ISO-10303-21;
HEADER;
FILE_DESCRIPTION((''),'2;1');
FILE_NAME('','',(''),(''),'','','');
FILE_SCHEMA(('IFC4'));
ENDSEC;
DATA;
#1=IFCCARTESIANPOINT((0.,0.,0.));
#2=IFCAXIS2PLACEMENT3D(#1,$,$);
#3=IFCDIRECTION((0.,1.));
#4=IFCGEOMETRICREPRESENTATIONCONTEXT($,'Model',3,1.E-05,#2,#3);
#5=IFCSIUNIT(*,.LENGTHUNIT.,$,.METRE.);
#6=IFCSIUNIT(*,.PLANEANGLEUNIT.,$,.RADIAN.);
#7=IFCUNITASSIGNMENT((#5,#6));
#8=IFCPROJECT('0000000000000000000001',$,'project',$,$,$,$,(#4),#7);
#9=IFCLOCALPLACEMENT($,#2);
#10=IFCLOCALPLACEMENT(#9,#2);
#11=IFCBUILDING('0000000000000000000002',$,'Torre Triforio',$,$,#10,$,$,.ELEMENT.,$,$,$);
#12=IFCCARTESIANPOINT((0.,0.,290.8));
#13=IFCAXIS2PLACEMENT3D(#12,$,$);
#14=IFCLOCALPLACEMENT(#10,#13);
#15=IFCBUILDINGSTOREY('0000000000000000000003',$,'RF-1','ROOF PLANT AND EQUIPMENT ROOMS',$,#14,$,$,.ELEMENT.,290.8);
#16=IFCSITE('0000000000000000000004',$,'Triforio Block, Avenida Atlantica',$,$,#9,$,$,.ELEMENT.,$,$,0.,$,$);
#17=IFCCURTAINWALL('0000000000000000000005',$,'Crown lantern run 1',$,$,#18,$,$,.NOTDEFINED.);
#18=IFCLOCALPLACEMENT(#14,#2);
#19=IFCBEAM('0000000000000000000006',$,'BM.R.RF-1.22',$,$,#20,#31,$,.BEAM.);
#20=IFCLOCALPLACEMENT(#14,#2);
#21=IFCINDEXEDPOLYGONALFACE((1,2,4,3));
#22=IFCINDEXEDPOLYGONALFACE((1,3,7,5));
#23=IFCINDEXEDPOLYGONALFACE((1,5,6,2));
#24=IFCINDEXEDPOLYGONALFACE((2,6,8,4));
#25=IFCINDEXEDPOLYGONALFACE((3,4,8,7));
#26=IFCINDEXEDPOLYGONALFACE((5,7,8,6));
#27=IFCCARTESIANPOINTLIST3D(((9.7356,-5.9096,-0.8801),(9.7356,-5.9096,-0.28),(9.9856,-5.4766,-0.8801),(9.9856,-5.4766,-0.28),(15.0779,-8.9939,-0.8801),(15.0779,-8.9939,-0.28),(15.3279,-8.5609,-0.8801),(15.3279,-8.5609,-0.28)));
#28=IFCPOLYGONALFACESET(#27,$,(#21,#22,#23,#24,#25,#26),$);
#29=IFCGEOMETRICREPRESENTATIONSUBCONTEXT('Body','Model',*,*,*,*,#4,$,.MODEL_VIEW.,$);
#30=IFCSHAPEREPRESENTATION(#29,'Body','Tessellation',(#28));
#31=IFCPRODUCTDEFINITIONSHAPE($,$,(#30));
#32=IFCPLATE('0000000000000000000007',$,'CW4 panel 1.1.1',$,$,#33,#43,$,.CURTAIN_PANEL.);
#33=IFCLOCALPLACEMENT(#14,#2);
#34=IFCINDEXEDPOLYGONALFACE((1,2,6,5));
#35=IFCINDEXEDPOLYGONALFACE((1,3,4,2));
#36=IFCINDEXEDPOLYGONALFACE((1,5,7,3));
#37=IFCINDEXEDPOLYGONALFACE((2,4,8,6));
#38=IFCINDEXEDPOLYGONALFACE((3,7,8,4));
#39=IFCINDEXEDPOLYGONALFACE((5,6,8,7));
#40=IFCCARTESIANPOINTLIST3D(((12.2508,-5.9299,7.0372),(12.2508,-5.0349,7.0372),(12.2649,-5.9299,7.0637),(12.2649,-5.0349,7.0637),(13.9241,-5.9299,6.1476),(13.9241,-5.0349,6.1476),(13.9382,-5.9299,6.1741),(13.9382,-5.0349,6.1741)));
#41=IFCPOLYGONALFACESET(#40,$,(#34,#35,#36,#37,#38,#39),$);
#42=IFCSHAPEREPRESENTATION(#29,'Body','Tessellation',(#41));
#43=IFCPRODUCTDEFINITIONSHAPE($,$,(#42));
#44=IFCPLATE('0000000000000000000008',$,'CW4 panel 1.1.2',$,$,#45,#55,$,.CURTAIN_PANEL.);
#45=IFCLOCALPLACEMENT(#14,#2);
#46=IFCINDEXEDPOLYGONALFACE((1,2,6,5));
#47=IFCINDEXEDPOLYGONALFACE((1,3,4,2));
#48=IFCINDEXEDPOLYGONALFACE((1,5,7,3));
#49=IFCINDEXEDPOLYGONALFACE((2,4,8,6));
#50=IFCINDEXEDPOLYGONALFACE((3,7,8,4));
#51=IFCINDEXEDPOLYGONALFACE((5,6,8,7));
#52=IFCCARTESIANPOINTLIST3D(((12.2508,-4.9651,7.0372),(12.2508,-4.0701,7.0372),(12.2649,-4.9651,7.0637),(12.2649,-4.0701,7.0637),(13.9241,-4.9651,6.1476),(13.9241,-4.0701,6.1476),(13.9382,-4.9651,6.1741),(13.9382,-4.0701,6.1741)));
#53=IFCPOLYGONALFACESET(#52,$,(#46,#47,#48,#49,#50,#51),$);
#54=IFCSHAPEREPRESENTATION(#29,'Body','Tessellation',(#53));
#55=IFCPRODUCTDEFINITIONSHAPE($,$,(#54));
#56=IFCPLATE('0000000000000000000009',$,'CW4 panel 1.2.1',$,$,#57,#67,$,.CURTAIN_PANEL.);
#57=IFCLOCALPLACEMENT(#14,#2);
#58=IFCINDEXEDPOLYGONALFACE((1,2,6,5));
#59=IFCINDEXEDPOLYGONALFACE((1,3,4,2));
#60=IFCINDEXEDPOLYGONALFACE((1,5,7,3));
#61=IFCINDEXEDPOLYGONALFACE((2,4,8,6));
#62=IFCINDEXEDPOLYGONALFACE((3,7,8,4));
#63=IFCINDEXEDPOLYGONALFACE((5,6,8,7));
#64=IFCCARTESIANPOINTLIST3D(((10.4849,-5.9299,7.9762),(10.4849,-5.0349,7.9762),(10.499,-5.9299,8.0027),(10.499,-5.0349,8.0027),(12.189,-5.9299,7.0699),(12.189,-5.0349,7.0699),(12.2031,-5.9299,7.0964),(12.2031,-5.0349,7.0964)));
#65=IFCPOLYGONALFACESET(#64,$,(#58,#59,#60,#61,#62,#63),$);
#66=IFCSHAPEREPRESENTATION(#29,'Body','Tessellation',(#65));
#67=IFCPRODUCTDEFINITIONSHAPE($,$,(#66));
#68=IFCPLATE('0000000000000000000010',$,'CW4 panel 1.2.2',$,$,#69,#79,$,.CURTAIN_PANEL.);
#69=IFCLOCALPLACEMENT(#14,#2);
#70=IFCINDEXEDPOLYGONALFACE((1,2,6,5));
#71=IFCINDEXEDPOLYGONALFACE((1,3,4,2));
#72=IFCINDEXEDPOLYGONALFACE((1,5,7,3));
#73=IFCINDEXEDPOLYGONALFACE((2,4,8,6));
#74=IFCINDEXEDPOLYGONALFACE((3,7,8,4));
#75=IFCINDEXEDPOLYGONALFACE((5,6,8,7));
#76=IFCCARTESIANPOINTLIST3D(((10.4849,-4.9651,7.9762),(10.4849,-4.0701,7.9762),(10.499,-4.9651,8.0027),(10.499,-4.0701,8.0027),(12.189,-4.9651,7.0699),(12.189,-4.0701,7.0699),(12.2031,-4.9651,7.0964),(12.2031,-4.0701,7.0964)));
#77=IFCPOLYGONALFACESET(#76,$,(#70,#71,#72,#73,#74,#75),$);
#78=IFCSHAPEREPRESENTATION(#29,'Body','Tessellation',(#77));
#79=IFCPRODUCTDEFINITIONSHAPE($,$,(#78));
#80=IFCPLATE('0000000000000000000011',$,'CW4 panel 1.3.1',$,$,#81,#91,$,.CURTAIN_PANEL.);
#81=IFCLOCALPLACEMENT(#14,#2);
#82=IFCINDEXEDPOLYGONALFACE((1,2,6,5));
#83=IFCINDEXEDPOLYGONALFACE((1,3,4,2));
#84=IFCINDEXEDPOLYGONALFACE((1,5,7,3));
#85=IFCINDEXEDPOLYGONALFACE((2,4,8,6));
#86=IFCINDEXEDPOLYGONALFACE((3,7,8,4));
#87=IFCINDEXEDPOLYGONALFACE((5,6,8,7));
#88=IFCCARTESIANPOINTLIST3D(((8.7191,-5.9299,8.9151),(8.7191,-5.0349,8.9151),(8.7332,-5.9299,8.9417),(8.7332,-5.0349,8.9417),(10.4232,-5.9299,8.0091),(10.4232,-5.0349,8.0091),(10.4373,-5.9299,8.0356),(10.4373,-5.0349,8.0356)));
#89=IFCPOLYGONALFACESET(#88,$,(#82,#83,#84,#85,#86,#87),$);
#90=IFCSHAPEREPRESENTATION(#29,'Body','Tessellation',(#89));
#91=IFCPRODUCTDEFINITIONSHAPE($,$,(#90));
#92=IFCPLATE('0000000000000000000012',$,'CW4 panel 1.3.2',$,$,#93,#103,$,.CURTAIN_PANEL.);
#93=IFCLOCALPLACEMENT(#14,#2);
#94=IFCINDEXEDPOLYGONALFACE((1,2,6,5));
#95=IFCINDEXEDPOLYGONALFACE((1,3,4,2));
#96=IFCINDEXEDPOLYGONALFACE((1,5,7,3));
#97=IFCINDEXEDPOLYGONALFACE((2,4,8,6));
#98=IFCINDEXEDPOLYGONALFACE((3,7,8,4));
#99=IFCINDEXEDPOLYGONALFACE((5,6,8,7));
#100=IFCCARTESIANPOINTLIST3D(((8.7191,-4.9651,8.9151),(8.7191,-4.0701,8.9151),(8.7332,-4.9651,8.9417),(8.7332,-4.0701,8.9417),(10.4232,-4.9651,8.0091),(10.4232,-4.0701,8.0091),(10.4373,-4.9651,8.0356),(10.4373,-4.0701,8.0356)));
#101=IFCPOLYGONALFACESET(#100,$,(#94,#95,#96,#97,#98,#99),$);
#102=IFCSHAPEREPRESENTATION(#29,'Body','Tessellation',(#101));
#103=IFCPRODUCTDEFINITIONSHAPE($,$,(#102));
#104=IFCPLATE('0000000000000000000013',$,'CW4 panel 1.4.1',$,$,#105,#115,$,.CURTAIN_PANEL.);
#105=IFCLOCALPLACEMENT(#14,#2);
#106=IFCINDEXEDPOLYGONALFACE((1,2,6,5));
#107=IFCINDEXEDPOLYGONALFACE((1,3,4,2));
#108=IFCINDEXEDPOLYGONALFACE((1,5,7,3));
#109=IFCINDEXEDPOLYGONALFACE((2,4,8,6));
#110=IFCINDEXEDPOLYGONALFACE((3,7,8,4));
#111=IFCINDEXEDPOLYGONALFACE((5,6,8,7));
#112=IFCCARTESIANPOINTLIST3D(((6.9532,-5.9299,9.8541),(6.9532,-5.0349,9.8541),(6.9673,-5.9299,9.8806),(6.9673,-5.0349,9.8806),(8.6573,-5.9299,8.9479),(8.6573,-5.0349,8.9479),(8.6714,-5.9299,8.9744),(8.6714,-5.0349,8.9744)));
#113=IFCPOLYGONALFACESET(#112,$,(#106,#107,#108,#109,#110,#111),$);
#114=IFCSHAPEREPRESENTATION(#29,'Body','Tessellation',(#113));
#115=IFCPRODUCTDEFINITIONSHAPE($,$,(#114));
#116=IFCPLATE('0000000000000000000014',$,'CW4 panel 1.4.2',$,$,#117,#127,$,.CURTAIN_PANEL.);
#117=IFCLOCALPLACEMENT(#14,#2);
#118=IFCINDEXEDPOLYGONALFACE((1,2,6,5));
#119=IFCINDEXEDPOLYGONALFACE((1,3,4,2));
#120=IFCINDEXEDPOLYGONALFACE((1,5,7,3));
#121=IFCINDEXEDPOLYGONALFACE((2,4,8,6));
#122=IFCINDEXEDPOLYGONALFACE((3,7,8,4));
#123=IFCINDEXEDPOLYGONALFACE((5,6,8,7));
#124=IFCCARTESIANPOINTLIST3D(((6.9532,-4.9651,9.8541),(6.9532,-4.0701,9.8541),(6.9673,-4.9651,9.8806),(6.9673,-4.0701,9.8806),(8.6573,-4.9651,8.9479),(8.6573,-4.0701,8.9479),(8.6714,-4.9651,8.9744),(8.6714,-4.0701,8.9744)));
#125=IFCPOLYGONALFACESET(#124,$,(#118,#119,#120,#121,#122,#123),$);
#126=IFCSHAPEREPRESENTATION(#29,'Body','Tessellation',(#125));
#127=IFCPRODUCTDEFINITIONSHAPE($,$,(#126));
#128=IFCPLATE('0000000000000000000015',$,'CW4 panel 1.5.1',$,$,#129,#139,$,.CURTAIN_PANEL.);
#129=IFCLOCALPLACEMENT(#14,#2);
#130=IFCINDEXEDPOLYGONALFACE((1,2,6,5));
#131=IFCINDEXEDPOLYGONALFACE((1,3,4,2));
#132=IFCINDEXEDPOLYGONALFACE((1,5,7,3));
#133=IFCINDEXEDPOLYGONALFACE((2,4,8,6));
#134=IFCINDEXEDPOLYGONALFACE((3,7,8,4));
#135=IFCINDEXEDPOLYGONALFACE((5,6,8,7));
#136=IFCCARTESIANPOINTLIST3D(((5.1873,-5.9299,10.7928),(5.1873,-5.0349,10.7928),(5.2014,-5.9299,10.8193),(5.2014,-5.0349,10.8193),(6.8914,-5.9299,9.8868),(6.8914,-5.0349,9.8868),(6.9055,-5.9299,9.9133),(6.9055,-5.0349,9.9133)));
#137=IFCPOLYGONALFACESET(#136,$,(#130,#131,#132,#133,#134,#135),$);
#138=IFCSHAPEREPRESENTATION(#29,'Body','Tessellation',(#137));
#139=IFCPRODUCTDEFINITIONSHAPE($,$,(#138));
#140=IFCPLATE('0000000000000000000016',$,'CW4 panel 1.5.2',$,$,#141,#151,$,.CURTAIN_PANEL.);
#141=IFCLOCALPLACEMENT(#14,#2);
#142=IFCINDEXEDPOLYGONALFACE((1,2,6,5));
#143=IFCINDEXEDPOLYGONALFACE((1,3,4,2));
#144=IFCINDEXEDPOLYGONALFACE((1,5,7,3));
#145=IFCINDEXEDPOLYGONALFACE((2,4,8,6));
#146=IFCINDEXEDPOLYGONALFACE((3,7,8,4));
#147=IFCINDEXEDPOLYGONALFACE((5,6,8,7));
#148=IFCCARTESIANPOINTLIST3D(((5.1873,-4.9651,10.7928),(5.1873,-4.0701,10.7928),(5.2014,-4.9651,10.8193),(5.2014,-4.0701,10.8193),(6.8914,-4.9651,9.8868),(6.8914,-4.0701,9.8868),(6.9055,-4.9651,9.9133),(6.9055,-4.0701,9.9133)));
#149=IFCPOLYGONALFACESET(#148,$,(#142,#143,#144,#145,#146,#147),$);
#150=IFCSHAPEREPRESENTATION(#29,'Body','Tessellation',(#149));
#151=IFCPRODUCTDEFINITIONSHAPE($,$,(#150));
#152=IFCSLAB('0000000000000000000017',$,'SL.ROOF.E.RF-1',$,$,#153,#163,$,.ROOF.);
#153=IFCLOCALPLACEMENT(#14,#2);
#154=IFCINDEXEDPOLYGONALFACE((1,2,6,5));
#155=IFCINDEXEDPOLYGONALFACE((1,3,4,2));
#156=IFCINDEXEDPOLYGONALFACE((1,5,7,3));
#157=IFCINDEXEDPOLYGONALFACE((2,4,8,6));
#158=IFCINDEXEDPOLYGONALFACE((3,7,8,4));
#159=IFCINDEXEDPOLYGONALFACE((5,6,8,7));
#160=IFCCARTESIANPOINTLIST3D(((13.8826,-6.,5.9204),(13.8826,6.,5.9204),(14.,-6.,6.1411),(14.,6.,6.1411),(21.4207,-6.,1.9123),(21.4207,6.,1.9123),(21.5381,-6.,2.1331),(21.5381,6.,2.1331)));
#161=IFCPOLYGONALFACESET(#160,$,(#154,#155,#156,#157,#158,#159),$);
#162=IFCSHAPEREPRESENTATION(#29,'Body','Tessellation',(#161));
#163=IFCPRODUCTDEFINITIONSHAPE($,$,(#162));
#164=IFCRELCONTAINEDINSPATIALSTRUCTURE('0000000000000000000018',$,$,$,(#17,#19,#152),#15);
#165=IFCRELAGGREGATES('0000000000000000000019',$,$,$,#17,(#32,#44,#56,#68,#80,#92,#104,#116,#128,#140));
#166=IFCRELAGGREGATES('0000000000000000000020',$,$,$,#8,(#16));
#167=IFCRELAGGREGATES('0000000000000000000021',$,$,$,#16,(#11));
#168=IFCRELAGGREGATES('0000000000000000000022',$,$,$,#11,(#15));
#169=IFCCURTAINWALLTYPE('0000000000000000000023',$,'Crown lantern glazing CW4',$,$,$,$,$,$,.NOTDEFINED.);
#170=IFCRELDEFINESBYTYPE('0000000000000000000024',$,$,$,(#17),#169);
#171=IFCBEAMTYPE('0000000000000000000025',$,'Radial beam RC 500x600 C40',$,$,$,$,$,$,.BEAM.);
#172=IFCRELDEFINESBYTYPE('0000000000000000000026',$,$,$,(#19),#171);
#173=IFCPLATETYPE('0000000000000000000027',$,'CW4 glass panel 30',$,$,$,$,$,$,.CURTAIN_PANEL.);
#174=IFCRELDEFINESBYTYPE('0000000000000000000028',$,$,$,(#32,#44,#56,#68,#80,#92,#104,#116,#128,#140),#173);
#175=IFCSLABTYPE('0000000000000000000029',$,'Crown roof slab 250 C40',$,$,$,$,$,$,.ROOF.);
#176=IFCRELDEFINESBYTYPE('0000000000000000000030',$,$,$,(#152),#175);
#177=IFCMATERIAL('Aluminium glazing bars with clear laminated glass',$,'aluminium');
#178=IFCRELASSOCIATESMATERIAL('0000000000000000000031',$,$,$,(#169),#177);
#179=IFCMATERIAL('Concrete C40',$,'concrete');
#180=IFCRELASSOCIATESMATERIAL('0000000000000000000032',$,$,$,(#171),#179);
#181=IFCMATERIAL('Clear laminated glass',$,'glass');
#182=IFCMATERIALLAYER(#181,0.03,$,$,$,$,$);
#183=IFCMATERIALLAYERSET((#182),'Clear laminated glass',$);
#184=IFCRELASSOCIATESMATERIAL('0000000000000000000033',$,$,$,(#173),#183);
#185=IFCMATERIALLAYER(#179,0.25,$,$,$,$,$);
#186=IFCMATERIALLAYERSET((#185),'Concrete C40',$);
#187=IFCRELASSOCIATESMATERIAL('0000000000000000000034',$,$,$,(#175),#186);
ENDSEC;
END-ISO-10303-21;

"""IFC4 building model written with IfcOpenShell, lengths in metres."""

from ifc_helpers import new_model, si_unit, direction, frame, origin, origin_2d, place, context, subcontext, project, spatial, polyline, rectangle, outline, extrude, material, layer, layer_set, material_profile, profile_set, type_object, element, aggregate, save


model = new_model("IFC4")

# Units and contexts
model_context = context("Model", 3, precision=1e-05, world=origin(), true_north=direction((0.0, 1.0)))
body_context = subcontext(model_context, "Body", "Model", "MODEL_VIEW")
ifc_project = project(units=[si_unit("LENGTHUNIT", "METRE"), si_unit("PLANEANGLEUNIT", "RADIAN")], contexts=[model_context])

# Site, building, storey
site_placement = place(None, origin())
site = spatial("IfcSite", under=ifc_project, at=site_placement, Name="Triforio Block, Avenida Atlantica", CompositionType="ELEMENT", RefElevation=0.0)
building_placement = place(site_placement, origin())
building = spatial("IfcBuilding", under=site, at=building_placement, Name="Torre Triforio", CompositionType="ELEMENT")
storey_placement = place(building_placement, frame((0.0, 0.0, 290.8)))
storey = spatial("IfcBuildingStorey", under=building, at=storey_placement, Name="RF-1", Description="ROOF PLANT AND EQUIPMENT ROOMS", CompositionType="ELEMENT", Elevation=290.8)

# Curtain wall
ifc_material_1 = material(Name="Aluminium glazing bars with clear laminated glass", Category="aluminium")
curtain_wall_type = type_object("IfcCurtainWallType", Name="Crown lantern glazing CW4", PredefinedType="NOTDEFINED", material=ifc_material_1)
curtain_wall_placement = place(storey_placement, origin())
curtain_wall = element("IfcCurtainWall", 1, at=curtain_wall_placement, inside=storey, type_object=curtain_wall_type, Name="Crown lantern run 1", PredefinedType="NOTDEFINED")

# Beam
ifc_material_2 = material(Name="Concrete C40", Category="concrete")
ifc_material_profile_1 = material_profile(ifc_material_2, rectangle(XDim=0.5, YDim=0.6001, at=origin_2d()), Name="RC 500x600")
ifc_profile_set_1 = profile_set([ifc_material_profile_1], Name="Concrete C40")
beam_type = type_object("IfcBeamType", Name="Radial beam RC 500x600 C40", PredefinedType="BEAM", material=ifc_profile_set_1)
beam_placement = place(storey_placement, frame((9.8606, -5.6931, -0.5801), z_axis=(0.866035, -0.499983, 0.0), x_axis=(0.499983, 0.866035, 0.0)))
element("IfcBeam", 2, at=beam_placement, inside=storey, type_object=beam_type, Name="BM.R.RF-1.22", PredefinedType="BEAM", context=body_context, shape_type="SweptSolid", body=[
    extrude(rectangle(XDim=0.5, YDim=0.6001, at=origin_2d()), origin(), (0.0, 0.0, 1.0), 6.1687),
])

# Plates
ifc_material_3 = material(Name="Clear laminated glass", Category="glass")
ifc_layer_1 = layer(ifc_material_3, 0.03)
ifc_layer_set_1 = layer_set([ifc_layer_1], Name="Clear laminated glass")
plate_type = type_object("IfcPlateType", Name="CW4 glass panel 30", PredefinedType="CURTAIN_PANEL", material=ifc_layer_set_1)
plate_1_placement = place(storey_placement, frame((13.9382, -5.9299, 6.1741), z_axis=(0.469438, 0.0, 0.882966), x_axis=(0.0, 1.0, 0.0)))
plate_1 = element("IfcPlate", 3, at=plate_1_placement, type_object=plate_type, Name="CW4 panel 1.1.1", PredefinedType="CURTAIN_PANEL", context=body_context, shape_type="SweptSolid", body=[
    extrude(outline(polyline([(0.0, 0.0), (0.895, 0.0), (0.895, 1.8951), (0.0, 1.8951), (0.0, 0.0)])), origin(), (0.0, 0.0, -1.0), 0.03),
])
plate_2_placement = place(storey_placement, frame((13.9382, -4.9651, 6.1741), z_axis=(0.469438, 0.0, 0.882966), x_axis=(0.0, 1.0, 0.0)))
plate_2 = element("IfcPlate", 4, at=plate_2_placement, type_object=plate_type, Name="CW4 panel 1.1.2", PredefinedType="CURTAIN_PANEL", context=body_context, shape_type="SweptSolid", body=[
    extrude(outline(polyline([(0.0, 0.0), (0.895, 0.0), (0.895, 1.8951), (0.0, 1.8951), (0.0, 0.0)])), origin(), (0.0, 0.0, -1.0), 0.03),
])
plate_3_placement = place(storey_placement, frame((12.2031, -5.9299, 7.0964), z_axis=(0.469537, 0.0, 0.882913), x_axis=(0.0, 1.0, 0.0)))
plate_3 = element("IfcPlate", 5, at=plate_3_placement, type_object=plate_type, Name="CW4 panel 1.2.1", PredefinedType="CURTAIN_PANEL", context=body_context, shape_type="SweptSolid", body=[
    extrude(outline(polyline([(0.0, 0.0), (0.895, 0.0), (0.895, 1.9301), (0.0, 1.9301), (0.0, 0.0)])), origin(), (0.0, 0.0, -1.0), 0.03),
])
plate_4_placement = place(storey_placement, frame((12.2031, -4.9651, 7.0964), z_axis=(0.469537, 0.0, 0.882913), x_axis=(0.0, 1.0, 0.0)))
plate_4 = element("IfcPlate", 6, at=plate_4_placement, type_object=plate_type, Name="CW4 panel 1.2.2", PredefinedType="CURTAIN_PANEL", context=body_context, shape_type="SweptSolid", body=[
    extrude(outline(polyline([(0.0, 0.0), (0.895, 0.0), (0.895, 1.9301), (0.0, 1.9301), (0.0, 0.0)])), origin(), (0.0, 0.0, -1.0), 0.03),
])
plate_5_placement = place(storey_placement, frame((10.4373, -5.9299, 8.0356), z_axis=(0.469439, 0.0, 0.882965), x_axis=(0.0, 1.0, 0.0)))
plate_5 = element("IfcPlate", 7, at=plate_5_placement, type_object=plate_type, Name="CW4 panel 1.3.1", PredefinedType="CURTAIN_PANEL", context=body_context, shape_type="SweptSolid", body=[
    extrude(outline(polyline([(0.0, 0.0), (0.895, 0.0), (0.895, 1.93), (0.0, 1.93), (0.0, 0.0)])), origin(), (0.0, 0.0, -1.0), 0.03),
])
plate_6_placement = place(storey_placement, frame((10.4373, -4.9651, 8.0356), z_axis=(0.469439, 0.0, 0.882965), x_axis=(0.0, 1.0, 0.0)))
plate_6 = element("IfcPlate", 8, at=plate_6_placement, type_object=plate_type, Name="CW4 panel 1.3.2", PredefinedType="CURTAIN_PANEL", context=body_context, shape_type="SweptSolid", body=[
    extrude(outline(polyline([(0.0, 0.0), (0.895, 0.0), (0.895, 1.93), (0.0, 1.93), (0.0, 0.0)])), origin(), (0.0, 0.0, -1.0), 0.03),
])
plate_7_placement = place(storey_placement, frame((8.6714, -5.9299, 8.9744), z_axis=(0.469537, 0.0, 0.882913), x_axis=(0.0, 1.0, 0.0)))
plate_7 = element("IfcPlate", 9, at=plate_7_placement, type_object=plate_type, Name="CW4 panel 1.4.1", PredefinedType="CURTAIN_PANEL", context=body_context, shape_type="SweptSolid", body=[
    extrude(outline(polyline([(0.0, 0.0), (0.895, 0.0), (0.895, 1.9301), (0.0, 1.9301), (0.0, 0.0)])), origin(), (0.0, 0.0, -1.0), 0.03),
])
plate_8_placement = place(storey_placement, frame((8.6714, -4.9651, 8.9744), z_axis=(0.469537, 0.0, 0.882913), x_axis=(0.0, 1.0, 0.0)))
plate_8 = element("IfcPlate", 10, at=plate_8_placement, type_object=plate_type, Name="CW4 panel 1.4.2", PredefinedType="CURTAIN_PANEL", context=body_context, shape_type="SweptSolid", body=[
    extrude(outline(polyline([(0.0, 0.0), (0.895, 0.0), (0.895, 1.9301), (0.0, 1.9301), (0.0, 0.0)])), origin(), (0.0, 0.0, -1.0), 0.03),
])
plate_9_placement = place(storey_placement, frame((6.9055, -5.9299, 9.9133), z_axis=(0.469439, 0.0, 0.882965), x_axis=(0.0, 1.0, 0.0)))
plate_9 = element("IfcPlate", 11, at=plate_9_placement, type_object=plate_type, Name="CW4 panel 1.5.1", PredefinedType="CURTAIN_PANEL", context=body_context, shape_type="SweptSolid", body=[
    extrude(outline(polyline([(0.0, 0.0), (0.895, 0.0), (0.895, 1.93), (0.0, 1.93), (0.0, 0.0)])), origin(), (0.0, 0.0, -1.0), 0.03),
])
plate_10_placement = place(storey_placement, frame((6.9055, -4.9651, 9.9133), z_axis=(0.469439, 0.0, 0.882965), x_axis=(0.0, 1.0, 0.0)))
plate_10 = element("IfcPlate", 12, at=plate_10_placement, type_object=plate_type, Name="CW4 panel 1.5.2", PredefinedType="CURTAIN_PANEL", context=body_context, shape_type="SweptSolid", body=[
    extrude(outline(polyline([(0.0, 0.0), (0.895, 0.0), (0.895, 1.93), (0.0, 1.93), (0.0, 0.0)])), origin(), (0.0, 0.0, -1.0), 0.03),
])
aggregate(curtain_wall, [plate_1, plate_2, plate_3, plate_4, plate_5, plate_6, plate_7, plate_8, plate_9, plate_10])

# Slab
ifc_layer_2 = layer(ifc_material_2, 0.25)
ifc_layer_set_2 = layer_set([ifc_layer_2], Name="Concrete C40")
slab_type = type_object("IfcSlabType", Name="Crown roof slab 250 C40", PredefinedType="ROOF", material=ifc_layer_set_2)
slab_1_placement = place(storey_placement, frame((14.0, -6.0, 6.1411), z_axis=(0.46947, 0.0, 0.882948), x_axis=(0.882948, 0.0, -0.46947)))
element("IfcSlab", 13, at=slab_1_placement, inside=storey, type_object=slab_type, Name="SL.ROOF.E.RF-1", PredefinedType="ROOF", context=body_context, shape_type="SweptSolid", body=[
    extrude(outline(polyline([(0.0, 0.0), (8.5374, 0.0), (8.5374, 12.0), (0.0, 12.0), (0.0, 0.0)])), origin(), (0.0, 0.0, -1.0), 0.25),
])

save(model, "model.ifc")
